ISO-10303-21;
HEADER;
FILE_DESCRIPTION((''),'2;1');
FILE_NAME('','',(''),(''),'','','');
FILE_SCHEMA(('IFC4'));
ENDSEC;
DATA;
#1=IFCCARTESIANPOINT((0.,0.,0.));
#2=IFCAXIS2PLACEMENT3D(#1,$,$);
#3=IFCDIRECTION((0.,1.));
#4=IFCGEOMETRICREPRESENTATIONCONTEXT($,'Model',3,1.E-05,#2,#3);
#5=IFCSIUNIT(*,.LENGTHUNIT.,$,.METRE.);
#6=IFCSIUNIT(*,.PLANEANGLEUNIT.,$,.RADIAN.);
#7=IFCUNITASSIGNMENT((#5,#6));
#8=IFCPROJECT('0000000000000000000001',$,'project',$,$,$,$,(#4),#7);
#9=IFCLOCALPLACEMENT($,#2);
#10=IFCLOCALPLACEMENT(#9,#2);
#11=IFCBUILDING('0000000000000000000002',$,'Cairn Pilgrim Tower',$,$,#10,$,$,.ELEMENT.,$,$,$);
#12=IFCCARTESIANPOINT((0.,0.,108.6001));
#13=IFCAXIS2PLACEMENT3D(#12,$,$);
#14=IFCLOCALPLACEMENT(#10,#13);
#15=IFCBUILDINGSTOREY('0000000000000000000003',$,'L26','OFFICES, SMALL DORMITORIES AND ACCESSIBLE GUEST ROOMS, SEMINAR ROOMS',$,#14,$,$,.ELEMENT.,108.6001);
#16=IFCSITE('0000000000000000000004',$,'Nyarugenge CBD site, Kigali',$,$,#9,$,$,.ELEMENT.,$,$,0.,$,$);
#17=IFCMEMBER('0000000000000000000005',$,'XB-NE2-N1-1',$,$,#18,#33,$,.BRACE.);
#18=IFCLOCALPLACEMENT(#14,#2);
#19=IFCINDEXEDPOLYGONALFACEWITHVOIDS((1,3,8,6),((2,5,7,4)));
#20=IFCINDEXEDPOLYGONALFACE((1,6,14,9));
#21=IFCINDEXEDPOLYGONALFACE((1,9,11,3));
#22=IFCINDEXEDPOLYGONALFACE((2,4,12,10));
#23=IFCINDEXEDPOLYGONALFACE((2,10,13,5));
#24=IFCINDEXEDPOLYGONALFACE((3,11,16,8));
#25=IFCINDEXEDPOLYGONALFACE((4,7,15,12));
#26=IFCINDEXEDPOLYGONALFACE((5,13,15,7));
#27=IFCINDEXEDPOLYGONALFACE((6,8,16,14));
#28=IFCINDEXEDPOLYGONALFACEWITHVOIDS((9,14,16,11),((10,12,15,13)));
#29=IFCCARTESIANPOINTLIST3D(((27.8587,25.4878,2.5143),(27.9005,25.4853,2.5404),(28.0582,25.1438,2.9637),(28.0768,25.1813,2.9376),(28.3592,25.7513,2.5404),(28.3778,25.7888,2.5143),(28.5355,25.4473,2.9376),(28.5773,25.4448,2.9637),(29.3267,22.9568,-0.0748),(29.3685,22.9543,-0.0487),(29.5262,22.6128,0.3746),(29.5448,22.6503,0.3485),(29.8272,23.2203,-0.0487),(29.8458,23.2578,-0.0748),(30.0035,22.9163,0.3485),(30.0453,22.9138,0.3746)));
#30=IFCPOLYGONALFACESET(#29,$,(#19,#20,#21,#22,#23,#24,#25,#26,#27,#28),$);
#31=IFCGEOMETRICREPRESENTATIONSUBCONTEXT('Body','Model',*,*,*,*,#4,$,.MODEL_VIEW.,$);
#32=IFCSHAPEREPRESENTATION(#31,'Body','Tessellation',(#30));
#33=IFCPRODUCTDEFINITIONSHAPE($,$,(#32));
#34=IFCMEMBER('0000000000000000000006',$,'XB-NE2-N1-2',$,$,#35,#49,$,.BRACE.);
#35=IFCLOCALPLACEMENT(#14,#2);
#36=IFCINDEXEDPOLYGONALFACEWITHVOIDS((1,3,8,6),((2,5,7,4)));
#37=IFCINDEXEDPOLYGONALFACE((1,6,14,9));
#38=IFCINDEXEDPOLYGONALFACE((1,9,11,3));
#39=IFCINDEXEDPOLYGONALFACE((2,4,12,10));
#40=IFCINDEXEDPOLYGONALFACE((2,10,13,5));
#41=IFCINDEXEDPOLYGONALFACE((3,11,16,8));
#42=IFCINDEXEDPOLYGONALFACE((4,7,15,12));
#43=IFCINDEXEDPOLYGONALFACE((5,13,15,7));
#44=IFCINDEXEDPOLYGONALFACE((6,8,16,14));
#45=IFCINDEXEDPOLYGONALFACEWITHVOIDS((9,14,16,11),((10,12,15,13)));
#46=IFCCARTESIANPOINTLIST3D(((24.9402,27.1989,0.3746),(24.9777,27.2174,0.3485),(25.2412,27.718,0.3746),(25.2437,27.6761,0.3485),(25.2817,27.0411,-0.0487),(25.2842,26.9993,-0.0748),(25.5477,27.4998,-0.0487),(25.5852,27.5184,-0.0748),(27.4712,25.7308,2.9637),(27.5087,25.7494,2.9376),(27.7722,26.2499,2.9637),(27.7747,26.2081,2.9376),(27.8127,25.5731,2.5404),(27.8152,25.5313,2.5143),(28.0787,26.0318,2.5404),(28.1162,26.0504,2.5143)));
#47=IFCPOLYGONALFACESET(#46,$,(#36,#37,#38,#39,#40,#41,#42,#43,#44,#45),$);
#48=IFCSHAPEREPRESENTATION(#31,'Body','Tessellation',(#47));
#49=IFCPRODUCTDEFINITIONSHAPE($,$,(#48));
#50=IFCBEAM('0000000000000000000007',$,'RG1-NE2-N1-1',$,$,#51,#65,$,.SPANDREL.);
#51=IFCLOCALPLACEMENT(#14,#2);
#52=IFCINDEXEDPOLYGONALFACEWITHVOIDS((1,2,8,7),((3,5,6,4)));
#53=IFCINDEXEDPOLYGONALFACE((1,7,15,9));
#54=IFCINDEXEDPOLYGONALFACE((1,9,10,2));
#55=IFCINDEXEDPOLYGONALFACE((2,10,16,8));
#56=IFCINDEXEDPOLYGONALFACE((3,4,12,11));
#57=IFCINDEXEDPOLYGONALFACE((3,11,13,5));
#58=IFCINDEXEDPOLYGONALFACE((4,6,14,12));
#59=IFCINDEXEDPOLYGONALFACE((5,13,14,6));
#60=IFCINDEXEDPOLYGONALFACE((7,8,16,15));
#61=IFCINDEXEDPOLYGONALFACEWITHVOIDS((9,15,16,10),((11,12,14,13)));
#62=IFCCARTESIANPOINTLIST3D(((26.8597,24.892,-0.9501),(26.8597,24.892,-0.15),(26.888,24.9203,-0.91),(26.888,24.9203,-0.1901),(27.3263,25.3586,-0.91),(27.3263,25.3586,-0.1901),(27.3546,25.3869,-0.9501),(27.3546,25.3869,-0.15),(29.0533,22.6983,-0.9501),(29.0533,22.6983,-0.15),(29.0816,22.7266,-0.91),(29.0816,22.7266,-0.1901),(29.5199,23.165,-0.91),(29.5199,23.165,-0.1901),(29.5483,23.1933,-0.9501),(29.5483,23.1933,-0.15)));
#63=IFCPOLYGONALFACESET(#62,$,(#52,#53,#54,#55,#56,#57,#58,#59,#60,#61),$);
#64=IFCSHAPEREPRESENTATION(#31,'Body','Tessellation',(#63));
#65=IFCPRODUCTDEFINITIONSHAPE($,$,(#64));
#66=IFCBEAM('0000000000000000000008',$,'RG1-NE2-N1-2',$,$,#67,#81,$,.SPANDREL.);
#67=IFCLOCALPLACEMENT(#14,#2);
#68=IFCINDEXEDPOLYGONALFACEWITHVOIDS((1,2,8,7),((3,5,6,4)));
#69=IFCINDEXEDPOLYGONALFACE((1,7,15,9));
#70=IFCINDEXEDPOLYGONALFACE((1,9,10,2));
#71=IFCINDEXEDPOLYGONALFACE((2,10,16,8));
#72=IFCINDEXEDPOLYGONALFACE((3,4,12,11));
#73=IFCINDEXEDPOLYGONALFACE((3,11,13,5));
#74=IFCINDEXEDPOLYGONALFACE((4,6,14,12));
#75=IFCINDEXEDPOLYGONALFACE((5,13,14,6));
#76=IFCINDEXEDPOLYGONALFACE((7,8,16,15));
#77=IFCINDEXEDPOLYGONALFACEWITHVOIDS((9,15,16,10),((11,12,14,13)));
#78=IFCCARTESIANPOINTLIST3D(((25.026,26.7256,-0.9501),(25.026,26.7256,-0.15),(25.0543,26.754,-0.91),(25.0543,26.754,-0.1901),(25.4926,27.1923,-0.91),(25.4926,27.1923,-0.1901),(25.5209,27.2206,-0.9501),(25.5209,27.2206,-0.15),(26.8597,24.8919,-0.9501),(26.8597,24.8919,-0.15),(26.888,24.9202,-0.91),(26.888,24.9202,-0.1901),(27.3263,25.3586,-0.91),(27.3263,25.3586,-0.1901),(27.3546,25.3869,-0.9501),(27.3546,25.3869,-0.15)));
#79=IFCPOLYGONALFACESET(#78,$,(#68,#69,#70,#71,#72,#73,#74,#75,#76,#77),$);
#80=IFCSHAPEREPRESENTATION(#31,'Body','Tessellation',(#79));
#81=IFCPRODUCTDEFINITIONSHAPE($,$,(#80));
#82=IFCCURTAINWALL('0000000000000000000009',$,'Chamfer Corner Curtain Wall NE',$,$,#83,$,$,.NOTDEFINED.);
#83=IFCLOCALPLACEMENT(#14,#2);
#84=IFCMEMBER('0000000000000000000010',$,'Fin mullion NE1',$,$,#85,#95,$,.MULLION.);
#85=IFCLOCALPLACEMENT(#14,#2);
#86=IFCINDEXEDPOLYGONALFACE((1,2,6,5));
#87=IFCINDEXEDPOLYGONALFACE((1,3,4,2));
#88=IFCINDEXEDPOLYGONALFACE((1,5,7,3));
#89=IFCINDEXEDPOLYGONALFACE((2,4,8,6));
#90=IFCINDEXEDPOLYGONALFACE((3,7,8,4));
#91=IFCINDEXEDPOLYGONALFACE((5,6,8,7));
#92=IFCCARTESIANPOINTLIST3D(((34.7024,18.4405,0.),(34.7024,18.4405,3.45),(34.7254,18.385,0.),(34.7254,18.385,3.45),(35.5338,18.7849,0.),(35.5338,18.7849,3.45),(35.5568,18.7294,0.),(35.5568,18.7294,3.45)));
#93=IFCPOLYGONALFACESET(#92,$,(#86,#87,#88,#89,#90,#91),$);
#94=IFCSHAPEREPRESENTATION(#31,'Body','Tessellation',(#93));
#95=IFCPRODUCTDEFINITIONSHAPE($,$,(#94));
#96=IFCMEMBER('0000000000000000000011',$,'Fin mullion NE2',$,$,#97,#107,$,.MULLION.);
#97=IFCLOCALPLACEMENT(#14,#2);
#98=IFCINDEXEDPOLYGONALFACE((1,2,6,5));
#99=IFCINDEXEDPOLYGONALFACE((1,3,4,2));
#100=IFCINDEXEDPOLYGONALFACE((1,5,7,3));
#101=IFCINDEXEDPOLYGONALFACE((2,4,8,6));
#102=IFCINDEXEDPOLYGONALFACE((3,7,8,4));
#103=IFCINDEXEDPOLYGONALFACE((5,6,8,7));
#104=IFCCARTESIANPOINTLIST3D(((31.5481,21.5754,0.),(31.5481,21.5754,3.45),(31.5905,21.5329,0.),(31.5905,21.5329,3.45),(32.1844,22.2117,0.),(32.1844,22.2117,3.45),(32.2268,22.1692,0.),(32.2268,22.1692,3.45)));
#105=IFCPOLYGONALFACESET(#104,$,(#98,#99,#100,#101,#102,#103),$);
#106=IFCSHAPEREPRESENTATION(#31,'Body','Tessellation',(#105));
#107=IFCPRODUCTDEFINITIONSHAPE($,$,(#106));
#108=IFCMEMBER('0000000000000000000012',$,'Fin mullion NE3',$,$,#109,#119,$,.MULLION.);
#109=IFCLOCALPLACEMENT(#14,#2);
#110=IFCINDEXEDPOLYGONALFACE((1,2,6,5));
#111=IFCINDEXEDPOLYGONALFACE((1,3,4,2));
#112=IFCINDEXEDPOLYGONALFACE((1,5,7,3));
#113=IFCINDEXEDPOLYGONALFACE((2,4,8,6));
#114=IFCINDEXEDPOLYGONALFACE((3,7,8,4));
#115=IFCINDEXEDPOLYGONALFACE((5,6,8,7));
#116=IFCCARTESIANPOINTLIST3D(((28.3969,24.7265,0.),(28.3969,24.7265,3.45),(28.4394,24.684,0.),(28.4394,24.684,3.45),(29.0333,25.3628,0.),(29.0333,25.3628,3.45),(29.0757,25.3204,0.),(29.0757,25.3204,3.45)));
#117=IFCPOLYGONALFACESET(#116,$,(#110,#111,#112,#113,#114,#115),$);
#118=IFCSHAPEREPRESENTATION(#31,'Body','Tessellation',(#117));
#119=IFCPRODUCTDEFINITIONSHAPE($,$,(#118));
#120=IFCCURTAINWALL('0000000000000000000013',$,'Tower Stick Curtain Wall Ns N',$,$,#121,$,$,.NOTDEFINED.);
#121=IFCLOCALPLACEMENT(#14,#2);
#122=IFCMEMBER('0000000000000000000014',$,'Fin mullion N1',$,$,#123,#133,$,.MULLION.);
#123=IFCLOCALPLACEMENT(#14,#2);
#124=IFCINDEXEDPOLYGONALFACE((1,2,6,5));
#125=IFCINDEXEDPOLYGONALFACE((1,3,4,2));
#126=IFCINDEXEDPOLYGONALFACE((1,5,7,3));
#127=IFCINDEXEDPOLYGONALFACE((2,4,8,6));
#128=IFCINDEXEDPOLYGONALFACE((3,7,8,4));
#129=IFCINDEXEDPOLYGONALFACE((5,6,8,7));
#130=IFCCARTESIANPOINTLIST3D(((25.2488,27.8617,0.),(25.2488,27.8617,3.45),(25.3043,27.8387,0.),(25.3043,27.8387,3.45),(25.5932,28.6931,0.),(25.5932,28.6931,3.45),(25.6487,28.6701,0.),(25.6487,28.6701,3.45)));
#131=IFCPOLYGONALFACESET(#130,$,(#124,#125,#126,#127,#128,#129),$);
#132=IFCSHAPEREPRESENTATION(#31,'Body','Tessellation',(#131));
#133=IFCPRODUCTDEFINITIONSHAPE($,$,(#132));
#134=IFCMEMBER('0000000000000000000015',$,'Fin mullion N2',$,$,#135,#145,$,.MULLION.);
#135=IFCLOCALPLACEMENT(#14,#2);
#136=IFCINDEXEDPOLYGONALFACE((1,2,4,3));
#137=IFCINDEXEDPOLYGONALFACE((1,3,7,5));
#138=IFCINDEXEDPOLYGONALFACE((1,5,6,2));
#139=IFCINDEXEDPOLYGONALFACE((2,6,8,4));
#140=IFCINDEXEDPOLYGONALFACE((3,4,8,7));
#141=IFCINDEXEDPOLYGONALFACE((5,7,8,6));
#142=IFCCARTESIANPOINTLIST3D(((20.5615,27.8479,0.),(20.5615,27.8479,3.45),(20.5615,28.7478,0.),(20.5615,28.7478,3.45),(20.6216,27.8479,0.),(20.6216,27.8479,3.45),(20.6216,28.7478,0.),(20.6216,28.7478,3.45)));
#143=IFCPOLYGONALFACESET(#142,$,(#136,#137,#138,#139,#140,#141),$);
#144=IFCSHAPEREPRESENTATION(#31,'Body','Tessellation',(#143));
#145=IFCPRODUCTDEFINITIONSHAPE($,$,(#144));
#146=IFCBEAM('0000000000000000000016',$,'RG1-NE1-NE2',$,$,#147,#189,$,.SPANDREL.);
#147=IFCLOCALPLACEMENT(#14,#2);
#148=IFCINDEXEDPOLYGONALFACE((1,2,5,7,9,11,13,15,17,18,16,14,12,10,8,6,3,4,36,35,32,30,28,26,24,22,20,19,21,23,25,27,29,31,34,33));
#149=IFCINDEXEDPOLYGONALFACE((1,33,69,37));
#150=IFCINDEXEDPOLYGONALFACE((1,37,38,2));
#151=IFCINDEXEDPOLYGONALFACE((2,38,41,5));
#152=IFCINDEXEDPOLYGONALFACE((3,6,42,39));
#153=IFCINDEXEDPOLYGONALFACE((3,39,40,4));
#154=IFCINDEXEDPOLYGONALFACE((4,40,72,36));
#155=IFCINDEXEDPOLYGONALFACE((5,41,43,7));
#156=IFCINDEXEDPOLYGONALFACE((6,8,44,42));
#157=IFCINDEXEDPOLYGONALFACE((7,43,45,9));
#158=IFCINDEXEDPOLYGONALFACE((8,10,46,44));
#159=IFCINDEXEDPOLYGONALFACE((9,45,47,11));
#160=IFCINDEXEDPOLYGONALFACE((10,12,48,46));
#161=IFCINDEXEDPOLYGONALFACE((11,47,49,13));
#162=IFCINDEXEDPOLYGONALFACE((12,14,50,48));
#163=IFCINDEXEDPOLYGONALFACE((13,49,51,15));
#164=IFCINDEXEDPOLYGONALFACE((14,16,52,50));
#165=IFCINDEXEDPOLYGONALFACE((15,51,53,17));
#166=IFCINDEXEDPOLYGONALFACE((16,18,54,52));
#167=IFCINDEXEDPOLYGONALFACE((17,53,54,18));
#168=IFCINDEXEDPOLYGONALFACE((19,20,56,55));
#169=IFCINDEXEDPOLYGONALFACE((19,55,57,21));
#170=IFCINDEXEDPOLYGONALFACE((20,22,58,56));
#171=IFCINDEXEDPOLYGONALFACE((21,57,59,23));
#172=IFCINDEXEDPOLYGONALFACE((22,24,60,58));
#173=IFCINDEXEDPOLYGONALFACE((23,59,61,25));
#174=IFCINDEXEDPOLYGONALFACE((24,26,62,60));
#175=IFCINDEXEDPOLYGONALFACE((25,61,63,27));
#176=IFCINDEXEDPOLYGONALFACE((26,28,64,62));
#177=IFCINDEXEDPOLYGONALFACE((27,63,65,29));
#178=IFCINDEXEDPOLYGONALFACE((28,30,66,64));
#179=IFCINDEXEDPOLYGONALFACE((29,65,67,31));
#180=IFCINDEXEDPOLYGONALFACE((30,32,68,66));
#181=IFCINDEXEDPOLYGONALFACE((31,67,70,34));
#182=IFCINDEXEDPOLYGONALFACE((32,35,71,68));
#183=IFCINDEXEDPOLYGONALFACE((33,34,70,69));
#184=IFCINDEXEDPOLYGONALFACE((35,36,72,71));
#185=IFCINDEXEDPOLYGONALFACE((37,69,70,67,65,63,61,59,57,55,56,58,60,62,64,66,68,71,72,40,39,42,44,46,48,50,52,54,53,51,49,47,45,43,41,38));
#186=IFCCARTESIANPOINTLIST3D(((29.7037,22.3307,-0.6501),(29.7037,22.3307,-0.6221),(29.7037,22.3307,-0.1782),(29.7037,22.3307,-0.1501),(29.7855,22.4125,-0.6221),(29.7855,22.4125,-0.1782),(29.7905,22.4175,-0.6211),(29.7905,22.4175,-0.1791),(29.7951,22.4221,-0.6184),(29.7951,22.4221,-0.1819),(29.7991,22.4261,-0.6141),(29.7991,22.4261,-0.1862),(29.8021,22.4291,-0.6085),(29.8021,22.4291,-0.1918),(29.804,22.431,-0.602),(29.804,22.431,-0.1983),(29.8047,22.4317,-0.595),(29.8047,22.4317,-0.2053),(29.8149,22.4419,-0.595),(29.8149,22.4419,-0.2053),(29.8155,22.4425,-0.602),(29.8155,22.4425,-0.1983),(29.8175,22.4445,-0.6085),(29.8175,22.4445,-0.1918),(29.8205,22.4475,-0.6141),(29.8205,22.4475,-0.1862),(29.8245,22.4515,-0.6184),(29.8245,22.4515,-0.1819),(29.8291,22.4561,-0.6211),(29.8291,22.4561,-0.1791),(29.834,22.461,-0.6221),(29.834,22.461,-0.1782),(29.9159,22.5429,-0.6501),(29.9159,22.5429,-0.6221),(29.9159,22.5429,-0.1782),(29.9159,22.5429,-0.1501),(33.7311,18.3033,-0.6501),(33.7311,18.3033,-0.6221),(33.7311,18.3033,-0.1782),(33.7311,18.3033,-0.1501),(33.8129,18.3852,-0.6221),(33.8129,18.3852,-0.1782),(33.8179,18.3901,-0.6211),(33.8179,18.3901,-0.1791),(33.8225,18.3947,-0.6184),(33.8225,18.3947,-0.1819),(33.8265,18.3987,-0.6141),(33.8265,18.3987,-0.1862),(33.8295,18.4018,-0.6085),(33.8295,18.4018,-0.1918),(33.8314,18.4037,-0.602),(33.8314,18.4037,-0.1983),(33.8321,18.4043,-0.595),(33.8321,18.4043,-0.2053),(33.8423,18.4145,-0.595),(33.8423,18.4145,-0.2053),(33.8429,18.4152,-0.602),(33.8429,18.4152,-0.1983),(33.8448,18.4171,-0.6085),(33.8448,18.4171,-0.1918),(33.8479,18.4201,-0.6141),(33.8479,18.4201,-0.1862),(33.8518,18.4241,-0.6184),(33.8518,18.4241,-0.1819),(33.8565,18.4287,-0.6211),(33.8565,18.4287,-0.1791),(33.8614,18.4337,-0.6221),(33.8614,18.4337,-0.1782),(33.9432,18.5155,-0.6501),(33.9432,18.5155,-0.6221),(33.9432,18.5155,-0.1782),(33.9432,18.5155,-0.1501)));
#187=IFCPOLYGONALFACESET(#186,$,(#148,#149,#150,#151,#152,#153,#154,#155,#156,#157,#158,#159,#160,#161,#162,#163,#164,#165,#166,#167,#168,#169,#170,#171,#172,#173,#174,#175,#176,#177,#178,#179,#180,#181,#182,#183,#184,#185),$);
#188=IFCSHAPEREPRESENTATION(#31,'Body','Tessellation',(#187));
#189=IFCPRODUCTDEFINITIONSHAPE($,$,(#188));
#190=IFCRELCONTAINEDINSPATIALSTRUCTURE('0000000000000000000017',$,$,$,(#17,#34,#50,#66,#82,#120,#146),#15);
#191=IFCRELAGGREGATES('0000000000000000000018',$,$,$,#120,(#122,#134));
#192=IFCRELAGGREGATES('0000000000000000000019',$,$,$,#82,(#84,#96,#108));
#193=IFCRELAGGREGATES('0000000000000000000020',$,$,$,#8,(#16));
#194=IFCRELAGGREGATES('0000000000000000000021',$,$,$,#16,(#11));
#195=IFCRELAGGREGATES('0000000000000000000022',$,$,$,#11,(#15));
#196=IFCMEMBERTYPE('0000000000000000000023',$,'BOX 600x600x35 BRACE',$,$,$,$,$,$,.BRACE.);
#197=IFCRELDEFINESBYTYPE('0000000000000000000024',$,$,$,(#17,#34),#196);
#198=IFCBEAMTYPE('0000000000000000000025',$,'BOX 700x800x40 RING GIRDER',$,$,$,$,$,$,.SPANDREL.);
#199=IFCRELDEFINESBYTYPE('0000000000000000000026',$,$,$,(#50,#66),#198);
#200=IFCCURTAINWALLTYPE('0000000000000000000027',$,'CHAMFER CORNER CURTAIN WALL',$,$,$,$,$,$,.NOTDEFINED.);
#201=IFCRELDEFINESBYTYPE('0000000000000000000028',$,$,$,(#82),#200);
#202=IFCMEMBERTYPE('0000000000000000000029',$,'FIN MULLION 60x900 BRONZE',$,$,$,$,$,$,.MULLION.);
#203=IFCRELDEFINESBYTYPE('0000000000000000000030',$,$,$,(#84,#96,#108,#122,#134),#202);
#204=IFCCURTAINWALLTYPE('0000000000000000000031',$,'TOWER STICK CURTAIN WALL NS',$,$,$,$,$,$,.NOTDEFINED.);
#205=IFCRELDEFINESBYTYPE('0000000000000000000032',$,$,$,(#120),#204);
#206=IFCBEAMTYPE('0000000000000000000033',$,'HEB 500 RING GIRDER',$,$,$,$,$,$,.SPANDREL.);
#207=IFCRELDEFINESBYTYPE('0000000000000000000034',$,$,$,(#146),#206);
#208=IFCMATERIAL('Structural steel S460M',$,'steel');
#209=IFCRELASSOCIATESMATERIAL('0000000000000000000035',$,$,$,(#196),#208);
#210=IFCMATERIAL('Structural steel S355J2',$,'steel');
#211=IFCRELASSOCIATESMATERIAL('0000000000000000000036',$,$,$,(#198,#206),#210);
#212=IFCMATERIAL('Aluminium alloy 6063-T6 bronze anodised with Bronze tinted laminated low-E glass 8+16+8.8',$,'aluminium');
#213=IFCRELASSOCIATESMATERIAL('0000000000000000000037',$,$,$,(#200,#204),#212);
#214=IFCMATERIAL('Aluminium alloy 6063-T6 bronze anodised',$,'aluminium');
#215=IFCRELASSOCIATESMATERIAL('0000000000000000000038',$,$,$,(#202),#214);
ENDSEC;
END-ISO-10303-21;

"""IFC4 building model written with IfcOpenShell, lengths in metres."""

from ifc_helpers import new_model, si_unit, direction, frame, origin, origin_2d, place, context, subcontext, project, spatial, rectangle, hollow_rectangle, i_section, extrude, material, material_profile, profile_set, type_object, element, aggregate, save


model = new_model("IFC4")

# Units and contexts
model_context = context("Model", 3, precision=1e-05, world=origin(), true_north=direction((0.0, 1.0)))
body_context = subcontext(model_context, "Body", "Model", "MODEL_VIEW")
ifc_project = project(units=[si_unit("LENGTHUNIT", "METRE"), si_unit("PLANEANGLEUNIT", "RADIAN")], contexts=[model_context])

# Site, building, storey
site_placement = place(None, origin())
site = spatial("IfcSite", under=ifc_project, at=site_placement, Name="Nyarugenge CBD site, Kigali", CompositionType="ELEMENT", RefElevation=0.0)
building_placement = place(site_placement, origin())
building = spatial("IfcBuilding", under=site, at=building_placement, Name="Cairn Pilgrim Tower", CompositionType="ELEMENT")
storey_placement = place(building_placement, frame((0.0, 0.0, 108.6001)))
storey = spatial("IfcBuildingStorey", under=building, at=storey_placement, Name="L26", Description="OFFICES, SMALL DORMITORIES AND ACCESSIBLE GUEST ROOMS, SEMINAR ROOMS", CompositionType="ELEMENT", Elevation=108.6001)

# Shared definitions
ifc_material_1 = material(Name="Structural steel S460M", Category="steel")

# Members
ifc_material_profile_1 = material_profile(ifc_material_1, hollow_rectangle(XDim=0.6001, YDim=0.6001, WallThickness=0.0349, at=origin_2d()), Name="BOX 600x600x35")
ifc_profile_set_1 = profile_set([ifc_material_profile_1], Name="Structural steel S460M")
member_type_1 = type_object("IfcMemberType", Name="BOX 600x600x35 BRACE", PredefinedType="BRACE", material=ifc_profile_set_1)
for number, where, z_axis, x_axis, name in (
    (1, (29.686, 22.9353, 0.1499), (-0.375741, 0.647815, 0.662687), (-0.865026, -0.501727, 0.0), "XB-NE2-N1-1"),
    (2, (25.2627, 27.3586, 0.1499), (0.647815, -0.375741, 0.662687), (0.501727, 0.865026, 0.0), "XB-NE2-N1-2"),
):
    element("IfcMember", number, at=place(storey_placement, frame(where, z_axis=z_axis, x_axis=x_axis)), inside=storey, type_object=member_type_1, Name=name, PredefinedType="BRACE", context=body_context, shape_type="SweptSolid", body=[
        extrude(hollow_rectangle(XDim=0.6001, YDim=0.6001, WallThickness=0.0349, at=origin_2d()), origin(), (0.0, 0.0, 1.0), 3.907),
    ])

# Beams
ifc_material_2 = material(Name="Structural steel S355J2", Category="steel")
ifc_material_profile_2 = material_profile(ifc_material_2, hollow_rectangle(XDim=0.7, YDim=0.8, WallThickness=0.04, at=origin_2d()), Name="BOX 700x800x40")
ifc_profile_set_2 = profile_set([ifc_material_profile_2], Name="Structural steel S355J2")
beam_type_1 = type_object("IfcBeamType", Name="BOX 700x800x40 RING GIRDER", PredefinedType="SPANDREL", material=ifc_profile_set_2)
beam_1_placement = place(storey_placement, frame((29.3008, 22.9458, -0.55), z_axis=(-0.707107, 0.707107, 0.0), x_axis=(-0.707107, -0.707107, 0.0)))
element("IfcBeam", 3, at=beam_1_placement, inside=storey, type_object=beam_type_1, Name="RG1-NE2-N1-1", PredefinedType="SPANDREL", context=body_context, shape_type="SweptSolid", body=[
    extrude(hollow_rectangle(XDim=0.7, YDim=0.8, WallThickness=0.04, at=origin_2d()), origin(), (0.0, 0.0, 1.0), 3.1023),
])
beam_2_placement = place(storey_placement, frame((27.1072, 25.1394, -0.55), z_axis=(-0.707107, 0.707107, 0.0), x_axis=(-0.707107, -0.707107, 0.0)))
element("IfcBeam", 4, at=beam_2_placement, inside=storey, type_object=beam_type_1, Name="RG1-NE2-N1-2", PredefinedType="SPANDREL", context=body_context, shape_type="SweptSolid", body=[
    extrude(hollow_rectangle(XDim=0.7, YDim=0.8, WallThickness=0.04, at=origin_2d()), origin(), (0.0, 0.0, 1.0), 2.5933),
])

# Curtain walls, members
ifc_material_3 = material(Name="Aluminium alloy 6063-T6 bronze anodised with Bronze tinted laminated low-E glass 8+16+8.8", Category="aluminium")
curtain_wall_type_1 = type_object("IfcCurtainWallType", Name="CHAMFER CORNER CURTAIN WALL", PredefinedType="NOTDEFINED", material=ifc_material_3)
curtain_wall_1_placement = place(storey_placement, origin())
curtain_wall_1 = element("IfcCurtainWall", 5, at=curtain_wall_1_placement, inside=storey, type_object=curtain_wall_type_1, Name="Chamfer Corner Curtain Wall NE", PredefinedType="NOTDEFINED")
ifc_material_4 = material(Name="Aluminium alloy 6063-T6 bronze anodised", Category="aluminium")
ifc_material_profile_3 = material_profile(ifc_material_4, rectangle(XDim=0.8999, YDim=0.0601, at=origin_2d()), Name="FIN MULLION 60x900 BRONZE")
ifc_profile_set_3 = profile_set([ifc_material_profile_3], Name="Aluminium alloy 6063-T6 bronze anodised")
member_type_2 = type_object("IfcMemberType", Name="FIN MULLION 60x900 BRONZE", PredefinedType="MULLION", material=ifc_profile_set_3)
member_1_placement = place(storey_placement, frame((35.1296, 18.585, 0.0), z_axis=(0.0, 0.0, 1.0), x_axis=(0.92388, 0.382683, 0.0)))
member_1 = element("IfcMember", 6, at=member_1_placement, type_object=member_type_2, Name="Fin mullion NE1", PredefinedType="MULLION", context=body_context, shape_type="SweptSolid", body=[
    extrude(rectangle(XDim=0.8999, YDim=0.0601, at=origin_2d()), origin(), (0.0, 0.0, 1.0), 3.45),
])
member_2_placement = place(storey_placement, frame((31.8875, 21.8723, 0.0), z_axis=(0.0, 0.0, 1.0), x_axis=(0.707107, 0.707107, 0.0)))
member_2 = element("IfcMember", 7, at=member_2_placement, type_object=member_type_2, Name="Fin mullion NE2", PredefinedType="MULLION", context=body_context, shape_type="SweptSolid", body=[
    extrude(rectangle(XDim=0.8999, YDim=0.0601, at=origin_2d()), origin(), (0.0, 0.0, 1.0), 3.45),
])
member_3_placement = place(storey_placement, frame((28.7363, 25.0234, 0.0), z_axis=(0.0, 0.0, 1.0), x_axis=(0.707107, 0.707107, 0.0)))
member_3 = element("IfcMember", 8, at=member_3_placement, type_object=member_type_2, Name="Fin mullion NE3", PredefinedType="MULLION", context=body_context, shape_type="SweptSolid", body=[
    extrude(rectangle(XDim=0.8999, YDim=0.0601, at=origin_2d()), origin(), (0.0, 0.0, 1.0), 3.45),
])
curtain_wall_type_2 = type_object("IfcCurtainWallType", Name="TOWER STICK CURTAIN WALL NS", PredefinedType="NOTDEFINED", material=ifc_material_3)
curtain_wall_2_placement = place(storey_placement, origin())
curtain_wall_2 = element("IfcCurtainWall", 9, at=curtain_wall_2_placement, inside=storey, type_object=curtain_wall_type_2, Name="Tower Stick Curtain Wall Ns N", PredefinedType="NOTDEFINED")
member_4_placement = place(storey_placement, frame((25.4487, 28.2659, 0.0), z_axis=(0.0, 0.0, 1.0), x_axis=(0.382683, 0.92388, 0.0)))
member_4 = element("IfcMember", 10, at=member_4_placement, type_object=member_type_2, Name="Fin mullion N1", PredefinedType="MULLION", context=body_context, shape_type="SweptSolid", body=[
    extrude(rectangle(XDim=0.8999, YDim=0.0601, at=origin_2d()), origin(), (0.0, 0.0, 1.0), 3.45),
])
member_5_placement = place(storey_placement, frame((20.5916, 28.2979, 0.0), z_axis=(0.0, 0.0, 1.0), x_axis=(0.0, 1.0, 0.0)))
member_5 = element("IfcMember", 11, at=member_5_placement, type_object=member_type_2, Name="Fin mullion N2", PredefinedType="MULLION", context=body_context, shape_type="SweptSolid", body=[
    extrude(rectangle(XDim=0.8999, YDim=0.0601, at=origin_2d()), origin(), (0.0, 0.0, 1.0), 3.45),
])

# Beam
ifc_material_profile_4 = material_profile(ifc_material_2, i_section(OverallWidth=0.3, OverallDepth=0.5, WebThickness=0.0144, FlangeThickness=0.0281, FilletRadius=0.0271, at=origin_2d()), Name="HEB 500")
ifc_profile_set_4 = profile_set([ifc_material_profile_4], Name="Structural steel S355J2")
beam_type_2 = type_object("IfcBeamType", Name="HEB 500 RING GIRDER", PredefinedType="SPANDREL", material=ifc_profile_set_4)
beam_3_placement = place(storey_placement, frame((33.8372, 18.4094, -0.4001), z_axis=(-0.707107, 0.707107, 0.0), x_axis=(-0.707107, -0.707107, 0.0)))
element("IfcBeam", 12, at=beam_3_placement, inside=storey, type_object=beam_type_2, Name="RG1-NE1-NE2", PredefinedType="SPANDREL", context=body_context, shape_type="SweptSolid", body=[
    extrude(i_section(OverallWidth=0.3, OverallDepth=0.5, WebThickness=0.0144, FlangeThickness=0.0281, FilletRadius=0.0271, at=origin_2d()), origin(), (0.0, 0.0, 1.0), 5.6956),
])

aggregate(curtain_wall_2, [member_4, member_5])

aggregate(curtain_wall_1, [member_1, member_2, member_3])

save(model, "model.ifc")
